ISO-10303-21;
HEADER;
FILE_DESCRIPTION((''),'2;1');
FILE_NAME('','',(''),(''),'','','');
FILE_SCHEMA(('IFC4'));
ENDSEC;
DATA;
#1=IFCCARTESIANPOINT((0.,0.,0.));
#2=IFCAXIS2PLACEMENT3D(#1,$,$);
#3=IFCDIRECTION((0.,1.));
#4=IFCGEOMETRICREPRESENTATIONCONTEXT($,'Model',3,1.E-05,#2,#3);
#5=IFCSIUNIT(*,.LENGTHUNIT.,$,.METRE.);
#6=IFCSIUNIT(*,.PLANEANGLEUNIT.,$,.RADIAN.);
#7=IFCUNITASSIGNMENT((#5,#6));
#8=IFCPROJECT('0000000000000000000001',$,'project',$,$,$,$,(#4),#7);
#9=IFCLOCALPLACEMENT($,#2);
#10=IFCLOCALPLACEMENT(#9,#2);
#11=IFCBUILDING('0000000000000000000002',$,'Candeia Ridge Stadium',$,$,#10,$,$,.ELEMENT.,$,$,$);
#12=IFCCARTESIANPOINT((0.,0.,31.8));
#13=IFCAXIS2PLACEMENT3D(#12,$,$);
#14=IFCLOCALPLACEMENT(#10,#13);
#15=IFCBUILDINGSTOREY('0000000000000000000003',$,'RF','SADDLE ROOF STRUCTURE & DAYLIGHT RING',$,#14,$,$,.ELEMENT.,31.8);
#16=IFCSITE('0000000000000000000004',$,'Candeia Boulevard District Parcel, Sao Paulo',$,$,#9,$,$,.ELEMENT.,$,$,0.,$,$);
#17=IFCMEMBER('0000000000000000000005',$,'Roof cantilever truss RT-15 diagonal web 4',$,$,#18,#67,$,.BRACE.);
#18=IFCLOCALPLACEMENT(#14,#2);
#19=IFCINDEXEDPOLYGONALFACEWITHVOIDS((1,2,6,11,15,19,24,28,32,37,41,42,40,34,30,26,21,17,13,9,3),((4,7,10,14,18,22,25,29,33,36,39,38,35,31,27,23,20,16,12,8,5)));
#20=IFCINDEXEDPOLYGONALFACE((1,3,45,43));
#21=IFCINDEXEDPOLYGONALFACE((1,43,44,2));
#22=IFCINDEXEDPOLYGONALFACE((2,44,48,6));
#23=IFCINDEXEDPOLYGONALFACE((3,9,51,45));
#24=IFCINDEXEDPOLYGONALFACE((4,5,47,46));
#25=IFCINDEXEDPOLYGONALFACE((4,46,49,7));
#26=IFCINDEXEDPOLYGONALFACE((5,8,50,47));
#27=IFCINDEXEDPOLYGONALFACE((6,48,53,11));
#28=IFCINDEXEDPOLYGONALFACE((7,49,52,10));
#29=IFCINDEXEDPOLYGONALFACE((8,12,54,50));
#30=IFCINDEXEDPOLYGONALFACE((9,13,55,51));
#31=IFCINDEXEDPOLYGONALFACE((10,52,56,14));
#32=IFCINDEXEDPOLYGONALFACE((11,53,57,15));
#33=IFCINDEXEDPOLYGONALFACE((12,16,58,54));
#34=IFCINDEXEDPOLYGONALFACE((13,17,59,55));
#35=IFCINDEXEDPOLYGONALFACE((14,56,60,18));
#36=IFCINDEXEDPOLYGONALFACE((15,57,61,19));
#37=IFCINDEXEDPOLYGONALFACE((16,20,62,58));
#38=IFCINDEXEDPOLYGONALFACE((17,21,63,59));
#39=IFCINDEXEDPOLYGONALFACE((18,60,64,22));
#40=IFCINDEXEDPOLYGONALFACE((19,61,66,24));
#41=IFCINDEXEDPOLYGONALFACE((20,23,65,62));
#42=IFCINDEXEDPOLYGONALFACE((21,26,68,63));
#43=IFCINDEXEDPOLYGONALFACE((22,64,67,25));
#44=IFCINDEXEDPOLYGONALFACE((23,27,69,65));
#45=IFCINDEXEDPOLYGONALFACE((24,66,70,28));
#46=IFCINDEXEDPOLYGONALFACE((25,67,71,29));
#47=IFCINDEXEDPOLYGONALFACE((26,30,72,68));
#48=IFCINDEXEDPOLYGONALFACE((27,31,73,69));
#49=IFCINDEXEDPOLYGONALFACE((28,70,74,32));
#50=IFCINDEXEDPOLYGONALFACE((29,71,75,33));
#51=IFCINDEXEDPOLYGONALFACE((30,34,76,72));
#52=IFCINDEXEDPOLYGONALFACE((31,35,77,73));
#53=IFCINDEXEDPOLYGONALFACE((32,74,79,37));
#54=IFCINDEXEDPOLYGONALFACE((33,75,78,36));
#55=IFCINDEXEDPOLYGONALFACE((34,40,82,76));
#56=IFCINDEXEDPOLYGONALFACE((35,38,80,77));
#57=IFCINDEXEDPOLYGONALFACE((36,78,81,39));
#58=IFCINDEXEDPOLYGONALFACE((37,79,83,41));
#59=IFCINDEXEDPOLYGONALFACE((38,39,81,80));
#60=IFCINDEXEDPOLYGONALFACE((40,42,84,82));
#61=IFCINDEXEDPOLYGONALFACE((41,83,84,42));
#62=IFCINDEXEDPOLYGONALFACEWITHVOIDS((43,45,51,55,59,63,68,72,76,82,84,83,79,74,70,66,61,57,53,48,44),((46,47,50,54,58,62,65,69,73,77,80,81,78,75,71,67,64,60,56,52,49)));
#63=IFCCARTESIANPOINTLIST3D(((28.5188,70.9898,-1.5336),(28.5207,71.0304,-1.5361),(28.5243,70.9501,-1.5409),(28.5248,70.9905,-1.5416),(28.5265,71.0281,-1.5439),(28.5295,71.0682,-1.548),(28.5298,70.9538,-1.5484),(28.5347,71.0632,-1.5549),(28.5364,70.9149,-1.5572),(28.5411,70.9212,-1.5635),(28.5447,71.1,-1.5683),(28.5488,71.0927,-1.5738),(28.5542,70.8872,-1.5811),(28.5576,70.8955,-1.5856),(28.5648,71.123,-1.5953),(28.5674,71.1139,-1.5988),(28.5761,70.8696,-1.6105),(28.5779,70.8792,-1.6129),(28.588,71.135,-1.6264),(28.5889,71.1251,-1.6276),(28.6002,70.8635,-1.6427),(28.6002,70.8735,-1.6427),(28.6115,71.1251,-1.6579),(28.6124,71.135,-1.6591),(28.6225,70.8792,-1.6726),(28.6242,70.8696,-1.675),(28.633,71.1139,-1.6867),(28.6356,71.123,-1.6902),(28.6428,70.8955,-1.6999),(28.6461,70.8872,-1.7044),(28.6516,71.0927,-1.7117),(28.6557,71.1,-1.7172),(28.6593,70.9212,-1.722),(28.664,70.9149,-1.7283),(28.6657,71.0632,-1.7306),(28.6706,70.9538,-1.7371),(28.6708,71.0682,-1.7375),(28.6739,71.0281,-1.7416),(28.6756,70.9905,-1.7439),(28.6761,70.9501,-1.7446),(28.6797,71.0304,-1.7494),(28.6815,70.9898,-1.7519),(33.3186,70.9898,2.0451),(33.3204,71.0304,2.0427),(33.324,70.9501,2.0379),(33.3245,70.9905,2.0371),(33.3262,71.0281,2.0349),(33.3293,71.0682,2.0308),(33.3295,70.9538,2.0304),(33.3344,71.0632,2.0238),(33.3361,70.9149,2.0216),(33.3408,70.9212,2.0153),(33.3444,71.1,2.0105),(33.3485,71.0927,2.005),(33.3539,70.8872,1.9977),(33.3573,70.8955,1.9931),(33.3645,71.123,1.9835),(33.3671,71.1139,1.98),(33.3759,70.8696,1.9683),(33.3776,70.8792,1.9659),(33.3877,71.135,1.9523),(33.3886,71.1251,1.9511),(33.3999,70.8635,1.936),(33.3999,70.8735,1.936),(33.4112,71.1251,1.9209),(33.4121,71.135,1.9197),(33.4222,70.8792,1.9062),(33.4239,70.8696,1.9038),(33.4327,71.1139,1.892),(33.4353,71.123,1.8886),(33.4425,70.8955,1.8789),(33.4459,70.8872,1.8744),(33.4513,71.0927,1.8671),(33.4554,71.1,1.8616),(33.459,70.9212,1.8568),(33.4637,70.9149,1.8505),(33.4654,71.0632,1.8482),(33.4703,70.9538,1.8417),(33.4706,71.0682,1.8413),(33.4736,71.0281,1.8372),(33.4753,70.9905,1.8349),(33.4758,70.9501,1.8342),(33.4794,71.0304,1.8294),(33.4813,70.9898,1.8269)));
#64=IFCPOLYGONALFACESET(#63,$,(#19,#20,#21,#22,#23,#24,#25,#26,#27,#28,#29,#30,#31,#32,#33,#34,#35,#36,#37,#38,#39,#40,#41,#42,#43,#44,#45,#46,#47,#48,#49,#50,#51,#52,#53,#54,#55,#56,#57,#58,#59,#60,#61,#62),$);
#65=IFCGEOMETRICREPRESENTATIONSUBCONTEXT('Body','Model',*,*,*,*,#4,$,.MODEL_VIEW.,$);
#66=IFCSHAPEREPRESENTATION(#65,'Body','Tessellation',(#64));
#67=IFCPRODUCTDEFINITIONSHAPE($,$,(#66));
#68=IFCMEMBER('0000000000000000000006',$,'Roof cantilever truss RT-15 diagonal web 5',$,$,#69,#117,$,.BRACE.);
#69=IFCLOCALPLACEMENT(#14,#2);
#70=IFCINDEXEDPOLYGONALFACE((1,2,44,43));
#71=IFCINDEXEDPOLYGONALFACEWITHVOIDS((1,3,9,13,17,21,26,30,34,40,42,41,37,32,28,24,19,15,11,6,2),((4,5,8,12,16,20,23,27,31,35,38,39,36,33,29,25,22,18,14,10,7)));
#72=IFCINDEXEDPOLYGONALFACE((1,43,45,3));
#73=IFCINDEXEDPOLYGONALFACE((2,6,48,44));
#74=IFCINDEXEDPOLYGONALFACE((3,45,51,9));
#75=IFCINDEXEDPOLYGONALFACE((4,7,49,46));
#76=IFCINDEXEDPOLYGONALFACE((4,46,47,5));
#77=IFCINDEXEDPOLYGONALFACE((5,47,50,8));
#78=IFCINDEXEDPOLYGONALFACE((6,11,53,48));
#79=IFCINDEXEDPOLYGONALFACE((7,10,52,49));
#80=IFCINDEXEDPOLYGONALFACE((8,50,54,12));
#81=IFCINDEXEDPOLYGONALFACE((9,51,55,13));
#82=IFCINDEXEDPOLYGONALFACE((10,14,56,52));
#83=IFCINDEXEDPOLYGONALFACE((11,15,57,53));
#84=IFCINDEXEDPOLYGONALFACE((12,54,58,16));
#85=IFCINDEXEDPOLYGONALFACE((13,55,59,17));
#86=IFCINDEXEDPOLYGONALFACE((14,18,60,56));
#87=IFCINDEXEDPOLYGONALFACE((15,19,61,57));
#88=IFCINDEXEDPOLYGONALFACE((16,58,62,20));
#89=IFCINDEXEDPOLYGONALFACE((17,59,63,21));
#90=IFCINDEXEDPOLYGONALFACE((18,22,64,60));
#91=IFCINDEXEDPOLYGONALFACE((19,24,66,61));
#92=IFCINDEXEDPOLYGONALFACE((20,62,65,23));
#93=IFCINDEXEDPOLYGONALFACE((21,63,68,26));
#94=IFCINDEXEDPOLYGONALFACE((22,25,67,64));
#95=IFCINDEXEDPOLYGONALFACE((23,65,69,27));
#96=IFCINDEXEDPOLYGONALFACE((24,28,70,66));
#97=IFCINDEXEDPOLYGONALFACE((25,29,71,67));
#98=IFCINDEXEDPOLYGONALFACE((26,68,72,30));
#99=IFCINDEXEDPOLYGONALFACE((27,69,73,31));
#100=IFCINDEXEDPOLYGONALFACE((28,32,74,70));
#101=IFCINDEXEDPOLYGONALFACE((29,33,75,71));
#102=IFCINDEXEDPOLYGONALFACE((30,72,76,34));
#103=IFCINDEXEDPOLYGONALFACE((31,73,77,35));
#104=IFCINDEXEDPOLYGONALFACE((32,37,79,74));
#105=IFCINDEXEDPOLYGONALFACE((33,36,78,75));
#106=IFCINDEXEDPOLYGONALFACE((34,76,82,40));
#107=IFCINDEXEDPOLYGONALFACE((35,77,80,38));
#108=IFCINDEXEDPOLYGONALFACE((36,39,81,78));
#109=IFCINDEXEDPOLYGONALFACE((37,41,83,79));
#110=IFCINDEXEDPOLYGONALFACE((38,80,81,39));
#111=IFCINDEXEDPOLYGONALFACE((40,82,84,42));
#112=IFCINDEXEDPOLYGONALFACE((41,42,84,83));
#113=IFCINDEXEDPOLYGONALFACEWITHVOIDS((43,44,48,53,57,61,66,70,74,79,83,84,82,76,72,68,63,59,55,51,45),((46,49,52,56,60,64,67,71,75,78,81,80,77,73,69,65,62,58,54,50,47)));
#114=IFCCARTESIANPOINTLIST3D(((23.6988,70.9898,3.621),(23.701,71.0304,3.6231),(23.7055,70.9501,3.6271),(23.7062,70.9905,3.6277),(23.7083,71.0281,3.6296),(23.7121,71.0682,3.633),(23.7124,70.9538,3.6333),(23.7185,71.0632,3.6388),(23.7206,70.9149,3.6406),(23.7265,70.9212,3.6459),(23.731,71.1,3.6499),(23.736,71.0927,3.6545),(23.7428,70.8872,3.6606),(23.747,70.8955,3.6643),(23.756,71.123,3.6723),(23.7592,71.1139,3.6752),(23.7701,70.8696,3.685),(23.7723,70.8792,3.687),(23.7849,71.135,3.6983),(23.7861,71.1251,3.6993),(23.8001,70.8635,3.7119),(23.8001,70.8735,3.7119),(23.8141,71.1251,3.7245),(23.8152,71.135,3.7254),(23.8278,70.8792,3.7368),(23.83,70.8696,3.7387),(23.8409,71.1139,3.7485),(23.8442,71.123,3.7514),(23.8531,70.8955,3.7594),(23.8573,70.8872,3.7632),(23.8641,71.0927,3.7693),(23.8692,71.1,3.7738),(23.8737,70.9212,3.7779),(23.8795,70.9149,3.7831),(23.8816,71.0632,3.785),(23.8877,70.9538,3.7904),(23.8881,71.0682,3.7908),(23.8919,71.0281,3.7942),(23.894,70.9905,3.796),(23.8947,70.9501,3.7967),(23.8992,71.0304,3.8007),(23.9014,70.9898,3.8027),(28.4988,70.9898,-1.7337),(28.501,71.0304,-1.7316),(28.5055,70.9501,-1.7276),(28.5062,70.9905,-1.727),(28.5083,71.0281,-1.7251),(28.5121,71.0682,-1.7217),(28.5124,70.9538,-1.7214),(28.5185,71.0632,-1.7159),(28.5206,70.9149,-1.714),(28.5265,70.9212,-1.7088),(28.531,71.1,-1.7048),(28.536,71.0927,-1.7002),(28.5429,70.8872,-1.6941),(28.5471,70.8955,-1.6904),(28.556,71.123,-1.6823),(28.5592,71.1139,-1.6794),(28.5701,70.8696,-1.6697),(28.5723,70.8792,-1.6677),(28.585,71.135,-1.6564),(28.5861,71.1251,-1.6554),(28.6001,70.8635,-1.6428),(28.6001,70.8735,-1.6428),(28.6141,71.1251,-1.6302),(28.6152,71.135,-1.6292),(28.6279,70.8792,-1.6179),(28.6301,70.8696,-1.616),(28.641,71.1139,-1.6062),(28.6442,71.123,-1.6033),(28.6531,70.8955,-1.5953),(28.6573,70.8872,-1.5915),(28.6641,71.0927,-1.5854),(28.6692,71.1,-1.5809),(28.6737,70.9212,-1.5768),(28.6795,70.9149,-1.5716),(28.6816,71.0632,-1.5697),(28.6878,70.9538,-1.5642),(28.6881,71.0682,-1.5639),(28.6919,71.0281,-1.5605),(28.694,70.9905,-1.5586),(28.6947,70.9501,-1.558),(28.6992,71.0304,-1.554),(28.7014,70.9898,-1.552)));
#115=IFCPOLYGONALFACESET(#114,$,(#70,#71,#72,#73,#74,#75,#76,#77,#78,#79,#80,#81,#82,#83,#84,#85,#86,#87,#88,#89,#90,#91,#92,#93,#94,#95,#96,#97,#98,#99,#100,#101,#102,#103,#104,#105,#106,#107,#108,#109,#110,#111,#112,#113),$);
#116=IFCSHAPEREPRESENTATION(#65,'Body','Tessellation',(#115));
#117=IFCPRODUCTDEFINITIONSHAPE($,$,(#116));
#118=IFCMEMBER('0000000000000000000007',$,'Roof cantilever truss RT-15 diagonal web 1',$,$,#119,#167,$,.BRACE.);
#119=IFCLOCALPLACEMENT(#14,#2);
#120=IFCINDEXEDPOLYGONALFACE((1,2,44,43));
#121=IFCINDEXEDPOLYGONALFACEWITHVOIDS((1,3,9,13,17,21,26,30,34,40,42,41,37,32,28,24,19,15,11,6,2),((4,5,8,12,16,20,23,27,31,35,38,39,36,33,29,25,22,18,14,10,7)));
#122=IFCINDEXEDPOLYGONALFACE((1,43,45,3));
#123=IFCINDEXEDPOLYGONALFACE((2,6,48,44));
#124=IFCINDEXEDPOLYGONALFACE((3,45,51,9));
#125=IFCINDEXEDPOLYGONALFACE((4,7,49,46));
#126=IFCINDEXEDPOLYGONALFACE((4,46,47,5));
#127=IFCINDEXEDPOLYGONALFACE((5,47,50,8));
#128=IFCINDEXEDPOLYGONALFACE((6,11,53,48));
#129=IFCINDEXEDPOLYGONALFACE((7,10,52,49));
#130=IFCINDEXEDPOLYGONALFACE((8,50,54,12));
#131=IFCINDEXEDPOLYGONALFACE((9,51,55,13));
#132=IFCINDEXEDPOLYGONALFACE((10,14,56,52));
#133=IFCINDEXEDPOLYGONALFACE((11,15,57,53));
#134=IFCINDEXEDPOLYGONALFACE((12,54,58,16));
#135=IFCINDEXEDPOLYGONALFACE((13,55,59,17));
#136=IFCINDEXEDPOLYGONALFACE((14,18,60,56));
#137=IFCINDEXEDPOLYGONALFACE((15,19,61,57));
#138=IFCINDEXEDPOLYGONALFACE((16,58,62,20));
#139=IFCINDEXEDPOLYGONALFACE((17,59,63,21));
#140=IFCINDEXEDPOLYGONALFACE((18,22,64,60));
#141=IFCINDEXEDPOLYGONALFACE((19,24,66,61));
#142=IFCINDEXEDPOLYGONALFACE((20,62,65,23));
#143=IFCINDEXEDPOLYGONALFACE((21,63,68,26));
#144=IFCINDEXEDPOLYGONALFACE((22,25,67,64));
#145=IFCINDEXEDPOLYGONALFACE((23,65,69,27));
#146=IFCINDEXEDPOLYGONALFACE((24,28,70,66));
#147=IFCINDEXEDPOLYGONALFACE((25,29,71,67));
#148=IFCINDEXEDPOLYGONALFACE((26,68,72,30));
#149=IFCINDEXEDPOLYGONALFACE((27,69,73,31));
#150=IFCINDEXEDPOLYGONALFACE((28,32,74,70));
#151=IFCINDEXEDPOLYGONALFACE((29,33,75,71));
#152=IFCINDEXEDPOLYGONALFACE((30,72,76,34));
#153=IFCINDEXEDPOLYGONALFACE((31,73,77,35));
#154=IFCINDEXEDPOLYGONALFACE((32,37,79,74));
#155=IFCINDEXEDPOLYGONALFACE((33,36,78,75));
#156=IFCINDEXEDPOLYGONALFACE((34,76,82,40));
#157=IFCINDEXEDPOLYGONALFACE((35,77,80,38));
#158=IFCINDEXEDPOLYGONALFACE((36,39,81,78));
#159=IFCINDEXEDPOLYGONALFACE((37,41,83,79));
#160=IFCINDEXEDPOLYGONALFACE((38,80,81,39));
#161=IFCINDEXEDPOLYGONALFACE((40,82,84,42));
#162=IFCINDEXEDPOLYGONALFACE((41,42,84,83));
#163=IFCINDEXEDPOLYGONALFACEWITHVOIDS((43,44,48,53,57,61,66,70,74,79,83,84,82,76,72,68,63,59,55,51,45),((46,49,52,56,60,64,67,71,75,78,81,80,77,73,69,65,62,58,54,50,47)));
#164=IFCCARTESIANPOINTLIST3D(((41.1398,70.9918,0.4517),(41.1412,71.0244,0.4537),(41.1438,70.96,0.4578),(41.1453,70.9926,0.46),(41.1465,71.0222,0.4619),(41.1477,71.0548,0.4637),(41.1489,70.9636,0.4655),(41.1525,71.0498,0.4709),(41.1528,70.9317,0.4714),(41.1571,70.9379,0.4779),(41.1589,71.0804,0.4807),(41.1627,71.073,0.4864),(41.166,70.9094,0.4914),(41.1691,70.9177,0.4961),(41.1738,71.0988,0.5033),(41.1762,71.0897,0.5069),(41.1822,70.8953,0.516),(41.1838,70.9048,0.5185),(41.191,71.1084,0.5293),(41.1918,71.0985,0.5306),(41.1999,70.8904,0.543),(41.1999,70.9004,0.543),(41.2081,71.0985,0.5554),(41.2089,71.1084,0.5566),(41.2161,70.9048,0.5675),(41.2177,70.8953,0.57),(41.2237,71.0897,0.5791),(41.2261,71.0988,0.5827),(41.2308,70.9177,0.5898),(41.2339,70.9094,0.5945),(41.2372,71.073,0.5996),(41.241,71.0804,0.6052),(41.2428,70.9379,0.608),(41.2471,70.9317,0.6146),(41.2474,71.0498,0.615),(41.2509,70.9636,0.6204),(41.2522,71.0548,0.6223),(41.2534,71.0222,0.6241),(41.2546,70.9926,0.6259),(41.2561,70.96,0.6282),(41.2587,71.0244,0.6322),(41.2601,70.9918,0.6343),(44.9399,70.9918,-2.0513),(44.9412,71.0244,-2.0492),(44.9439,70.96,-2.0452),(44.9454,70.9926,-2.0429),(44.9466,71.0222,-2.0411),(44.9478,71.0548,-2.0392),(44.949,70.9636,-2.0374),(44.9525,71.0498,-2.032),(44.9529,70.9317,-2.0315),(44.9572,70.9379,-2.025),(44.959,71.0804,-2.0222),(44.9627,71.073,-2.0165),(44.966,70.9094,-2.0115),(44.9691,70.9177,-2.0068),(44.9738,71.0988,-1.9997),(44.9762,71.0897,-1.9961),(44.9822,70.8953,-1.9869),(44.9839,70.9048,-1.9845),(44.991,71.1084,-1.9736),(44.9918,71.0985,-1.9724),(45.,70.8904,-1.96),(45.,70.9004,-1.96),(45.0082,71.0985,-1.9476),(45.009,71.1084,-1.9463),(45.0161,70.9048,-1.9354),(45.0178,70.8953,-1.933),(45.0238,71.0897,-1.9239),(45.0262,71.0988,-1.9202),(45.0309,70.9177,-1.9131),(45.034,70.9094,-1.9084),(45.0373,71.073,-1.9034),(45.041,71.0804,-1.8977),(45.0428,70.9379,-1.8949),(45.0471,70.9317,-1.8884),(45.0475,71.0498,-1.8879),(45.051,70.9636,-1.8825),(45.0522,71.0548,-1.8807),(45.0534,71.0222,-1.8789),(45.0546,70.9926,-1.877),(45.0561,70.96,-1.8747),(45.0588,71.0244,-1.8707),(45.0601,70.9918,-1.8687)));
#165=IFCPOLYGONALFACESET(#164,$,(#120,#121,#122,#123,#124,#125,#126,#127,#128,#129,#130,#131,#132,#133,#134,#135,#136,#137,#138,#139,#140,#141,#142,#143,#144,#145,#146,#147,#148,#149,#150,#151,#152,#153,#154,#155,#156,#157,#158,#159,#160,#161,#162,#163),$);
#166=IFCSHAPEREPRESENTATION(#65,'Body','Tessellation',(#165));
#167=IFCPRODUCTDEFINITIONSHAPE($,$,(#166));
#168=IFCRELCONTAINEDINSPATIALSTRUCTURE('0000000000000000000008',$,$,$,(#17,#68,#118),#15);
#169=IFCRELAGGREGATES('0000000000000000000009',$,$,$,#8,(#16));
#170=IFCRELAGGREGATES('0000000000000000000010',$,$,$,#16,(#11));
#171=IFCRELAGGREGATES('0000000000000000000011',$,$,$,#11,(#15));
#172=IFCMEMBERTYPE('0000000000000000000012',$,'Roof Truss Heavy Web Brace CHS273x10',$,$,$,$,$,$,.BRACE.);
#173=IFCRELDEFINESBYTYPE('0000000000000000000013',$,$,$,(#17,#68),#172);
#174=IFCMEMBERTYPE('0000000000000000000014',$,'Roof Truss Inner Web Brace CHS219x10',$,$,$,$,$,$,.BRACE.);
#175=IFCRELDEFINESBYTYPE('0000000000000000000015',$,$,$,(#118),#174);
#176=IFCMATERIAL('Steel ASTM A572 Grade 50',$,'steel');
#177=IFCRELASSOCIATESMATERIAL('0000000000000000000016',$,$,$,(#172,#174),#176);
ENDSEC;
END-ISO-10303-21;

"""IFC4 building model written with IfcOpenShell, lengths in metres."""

from ifc_helpers import new_model, si_unit, direction, frame, origin, origin_2d, place, context, subcontext, project, spatial, hollow_circle, extrude, material, material_profile, profile_set, type_object, element, save


model = new_model("IFC4")

# Units and contexts
model_context = context("Model", 3, precision=1e-05, world=origin(), true_north=direction((0.0, 1.0)))
body_context = subcontext(model_context, "Body", "Model", "MODEL_VIEW")
ifc_project = project(units=[si_unit("LENGTHUNIT", "METRE"), si_unit("PLANEANGLEUNIT", "RADIAN")], contexts=[model_context])

# Site, building, storey
site_placement = place(None, origin())
site = spatial("IfcSite", under=ifc_project, at=site_placement, Name="Candeia Boulevard District Parcel, Sao Paulo", CompositionType="ELEMENT", RefElevation=0.0)
building_placement = place(site_placement, origin())
building = spatial("IfcBuilding", under=site, at=building_placement, Name="Candeia Ridge Stadium", CompositionType="ELEMENT")
storey_placement = place(building_placement, frame((0.0, 0.0, 31.8)))
storey = spatial("IfcBuildingStorey", under=building, at=storey_placement, Name="RF", Description="SADDLE ROOF STRUCTURE & DAYLIGHT RING", CompositionType="ELEMENT", Elevation=31.8)

# Shared definitions
ifc_material_1 = material(Name="Steel ASTM A572 Grade 50", Category="steel")

# Members
ifc_material_profile_1 = material_profile(ifc_material_1, hollow_circle(Radius=0.1365, WallThickness=0.01, at=origin_2d()), Name="CHS273x10", Category="steel")
ifc_profile_set_1 = profile_set([ifc_material_profile_1], Name="Steel ASTM A572 Grade 50")
member_type_1 = type_object("IfcMemberType", Name="Roof Truss Heavy Web Brace CHS273x10", PredefinedType="BRACE", material=ifc_profile_set_1)
member_1_placement = place(storey_placement, frame((33.3999, 71.0, 1.936), z_axis=(-0.80168, 0.0, -0.597753), x_axis=(0.0, -1.0, 0.0)))
element("IfcMember", 1, at=member_1_placement, inside=storey, type_object=member_type_1, Name="Roof cantilever truss RT-15 diagonal web 4", PredefinedType="BRACE", context=body_context, shape_type="SweptSolid", body=[
    extrude(hollow_circle(Radius=0.1365, WallThickness=0.01, at=origin_2d()), origin(), (0.0, 0.0, 1.0), 5.9871),
])
member_2_placement = place(storey_placement, frame((28.6001, 71.0, -1.6428), z_axis=(-0.667487, 0.0, 0.744621), x_axis=(0.0, -1.0, 0.0)))
element("IfcMember", 2, at=member_2_placement, inside=storey, type_object=member_type_1, Name="Roof cantilever truss RT-15 diagonal web 5", PredefinedType="BRACE", context=body_context, shape_type="SweptSolid", body=[
    extrude(hollow_circle(Radius=0.1365, WallThickness=0.01, at=origin_2d()), origin(), (0.0, 0.0, 1.0), 7.1912),
])
ifc_material_profile_2 = material_profile(ifc_material_1, hollow_circle(Radius=0.1096, WallThickness=0.01, at=origin_2d()), Name="CHS219x10", Category="steel")
ifc_profile_set_2 = profile_set([ifc_material_profile_2], Name="Steel ASTM A572 Grade 50")
member_type_2 = type_object("IfcMemberType", Name="Roof Truss Inner Web Brace CHS219x10", PredefinedType="BRACE", material=ifc_profile_set_2)
member_3_placement = place(storey_placement, frame((45.0, 71.0, -1.96), z_axis=(-0.835125, 0.0, 0.550061), x_axis=(0.0, -1.0, 0.0)))
element("IfcMember", 3, at=member_3_placement, inside=storey, type_object=member_type_2, Name="Roof cantilever truss RT-15 diagonal web 1", PredefinedType="BRACE", context=body_context, shape_type="SweptSolid", body=[
    extrude(hollow_circle(Radius=0.1096, WallThickness=0.01, at=origin_2d()), origin(), (0.0, 0.0, 1.0), 4.5503),
])

save(model, "model.ifc")
